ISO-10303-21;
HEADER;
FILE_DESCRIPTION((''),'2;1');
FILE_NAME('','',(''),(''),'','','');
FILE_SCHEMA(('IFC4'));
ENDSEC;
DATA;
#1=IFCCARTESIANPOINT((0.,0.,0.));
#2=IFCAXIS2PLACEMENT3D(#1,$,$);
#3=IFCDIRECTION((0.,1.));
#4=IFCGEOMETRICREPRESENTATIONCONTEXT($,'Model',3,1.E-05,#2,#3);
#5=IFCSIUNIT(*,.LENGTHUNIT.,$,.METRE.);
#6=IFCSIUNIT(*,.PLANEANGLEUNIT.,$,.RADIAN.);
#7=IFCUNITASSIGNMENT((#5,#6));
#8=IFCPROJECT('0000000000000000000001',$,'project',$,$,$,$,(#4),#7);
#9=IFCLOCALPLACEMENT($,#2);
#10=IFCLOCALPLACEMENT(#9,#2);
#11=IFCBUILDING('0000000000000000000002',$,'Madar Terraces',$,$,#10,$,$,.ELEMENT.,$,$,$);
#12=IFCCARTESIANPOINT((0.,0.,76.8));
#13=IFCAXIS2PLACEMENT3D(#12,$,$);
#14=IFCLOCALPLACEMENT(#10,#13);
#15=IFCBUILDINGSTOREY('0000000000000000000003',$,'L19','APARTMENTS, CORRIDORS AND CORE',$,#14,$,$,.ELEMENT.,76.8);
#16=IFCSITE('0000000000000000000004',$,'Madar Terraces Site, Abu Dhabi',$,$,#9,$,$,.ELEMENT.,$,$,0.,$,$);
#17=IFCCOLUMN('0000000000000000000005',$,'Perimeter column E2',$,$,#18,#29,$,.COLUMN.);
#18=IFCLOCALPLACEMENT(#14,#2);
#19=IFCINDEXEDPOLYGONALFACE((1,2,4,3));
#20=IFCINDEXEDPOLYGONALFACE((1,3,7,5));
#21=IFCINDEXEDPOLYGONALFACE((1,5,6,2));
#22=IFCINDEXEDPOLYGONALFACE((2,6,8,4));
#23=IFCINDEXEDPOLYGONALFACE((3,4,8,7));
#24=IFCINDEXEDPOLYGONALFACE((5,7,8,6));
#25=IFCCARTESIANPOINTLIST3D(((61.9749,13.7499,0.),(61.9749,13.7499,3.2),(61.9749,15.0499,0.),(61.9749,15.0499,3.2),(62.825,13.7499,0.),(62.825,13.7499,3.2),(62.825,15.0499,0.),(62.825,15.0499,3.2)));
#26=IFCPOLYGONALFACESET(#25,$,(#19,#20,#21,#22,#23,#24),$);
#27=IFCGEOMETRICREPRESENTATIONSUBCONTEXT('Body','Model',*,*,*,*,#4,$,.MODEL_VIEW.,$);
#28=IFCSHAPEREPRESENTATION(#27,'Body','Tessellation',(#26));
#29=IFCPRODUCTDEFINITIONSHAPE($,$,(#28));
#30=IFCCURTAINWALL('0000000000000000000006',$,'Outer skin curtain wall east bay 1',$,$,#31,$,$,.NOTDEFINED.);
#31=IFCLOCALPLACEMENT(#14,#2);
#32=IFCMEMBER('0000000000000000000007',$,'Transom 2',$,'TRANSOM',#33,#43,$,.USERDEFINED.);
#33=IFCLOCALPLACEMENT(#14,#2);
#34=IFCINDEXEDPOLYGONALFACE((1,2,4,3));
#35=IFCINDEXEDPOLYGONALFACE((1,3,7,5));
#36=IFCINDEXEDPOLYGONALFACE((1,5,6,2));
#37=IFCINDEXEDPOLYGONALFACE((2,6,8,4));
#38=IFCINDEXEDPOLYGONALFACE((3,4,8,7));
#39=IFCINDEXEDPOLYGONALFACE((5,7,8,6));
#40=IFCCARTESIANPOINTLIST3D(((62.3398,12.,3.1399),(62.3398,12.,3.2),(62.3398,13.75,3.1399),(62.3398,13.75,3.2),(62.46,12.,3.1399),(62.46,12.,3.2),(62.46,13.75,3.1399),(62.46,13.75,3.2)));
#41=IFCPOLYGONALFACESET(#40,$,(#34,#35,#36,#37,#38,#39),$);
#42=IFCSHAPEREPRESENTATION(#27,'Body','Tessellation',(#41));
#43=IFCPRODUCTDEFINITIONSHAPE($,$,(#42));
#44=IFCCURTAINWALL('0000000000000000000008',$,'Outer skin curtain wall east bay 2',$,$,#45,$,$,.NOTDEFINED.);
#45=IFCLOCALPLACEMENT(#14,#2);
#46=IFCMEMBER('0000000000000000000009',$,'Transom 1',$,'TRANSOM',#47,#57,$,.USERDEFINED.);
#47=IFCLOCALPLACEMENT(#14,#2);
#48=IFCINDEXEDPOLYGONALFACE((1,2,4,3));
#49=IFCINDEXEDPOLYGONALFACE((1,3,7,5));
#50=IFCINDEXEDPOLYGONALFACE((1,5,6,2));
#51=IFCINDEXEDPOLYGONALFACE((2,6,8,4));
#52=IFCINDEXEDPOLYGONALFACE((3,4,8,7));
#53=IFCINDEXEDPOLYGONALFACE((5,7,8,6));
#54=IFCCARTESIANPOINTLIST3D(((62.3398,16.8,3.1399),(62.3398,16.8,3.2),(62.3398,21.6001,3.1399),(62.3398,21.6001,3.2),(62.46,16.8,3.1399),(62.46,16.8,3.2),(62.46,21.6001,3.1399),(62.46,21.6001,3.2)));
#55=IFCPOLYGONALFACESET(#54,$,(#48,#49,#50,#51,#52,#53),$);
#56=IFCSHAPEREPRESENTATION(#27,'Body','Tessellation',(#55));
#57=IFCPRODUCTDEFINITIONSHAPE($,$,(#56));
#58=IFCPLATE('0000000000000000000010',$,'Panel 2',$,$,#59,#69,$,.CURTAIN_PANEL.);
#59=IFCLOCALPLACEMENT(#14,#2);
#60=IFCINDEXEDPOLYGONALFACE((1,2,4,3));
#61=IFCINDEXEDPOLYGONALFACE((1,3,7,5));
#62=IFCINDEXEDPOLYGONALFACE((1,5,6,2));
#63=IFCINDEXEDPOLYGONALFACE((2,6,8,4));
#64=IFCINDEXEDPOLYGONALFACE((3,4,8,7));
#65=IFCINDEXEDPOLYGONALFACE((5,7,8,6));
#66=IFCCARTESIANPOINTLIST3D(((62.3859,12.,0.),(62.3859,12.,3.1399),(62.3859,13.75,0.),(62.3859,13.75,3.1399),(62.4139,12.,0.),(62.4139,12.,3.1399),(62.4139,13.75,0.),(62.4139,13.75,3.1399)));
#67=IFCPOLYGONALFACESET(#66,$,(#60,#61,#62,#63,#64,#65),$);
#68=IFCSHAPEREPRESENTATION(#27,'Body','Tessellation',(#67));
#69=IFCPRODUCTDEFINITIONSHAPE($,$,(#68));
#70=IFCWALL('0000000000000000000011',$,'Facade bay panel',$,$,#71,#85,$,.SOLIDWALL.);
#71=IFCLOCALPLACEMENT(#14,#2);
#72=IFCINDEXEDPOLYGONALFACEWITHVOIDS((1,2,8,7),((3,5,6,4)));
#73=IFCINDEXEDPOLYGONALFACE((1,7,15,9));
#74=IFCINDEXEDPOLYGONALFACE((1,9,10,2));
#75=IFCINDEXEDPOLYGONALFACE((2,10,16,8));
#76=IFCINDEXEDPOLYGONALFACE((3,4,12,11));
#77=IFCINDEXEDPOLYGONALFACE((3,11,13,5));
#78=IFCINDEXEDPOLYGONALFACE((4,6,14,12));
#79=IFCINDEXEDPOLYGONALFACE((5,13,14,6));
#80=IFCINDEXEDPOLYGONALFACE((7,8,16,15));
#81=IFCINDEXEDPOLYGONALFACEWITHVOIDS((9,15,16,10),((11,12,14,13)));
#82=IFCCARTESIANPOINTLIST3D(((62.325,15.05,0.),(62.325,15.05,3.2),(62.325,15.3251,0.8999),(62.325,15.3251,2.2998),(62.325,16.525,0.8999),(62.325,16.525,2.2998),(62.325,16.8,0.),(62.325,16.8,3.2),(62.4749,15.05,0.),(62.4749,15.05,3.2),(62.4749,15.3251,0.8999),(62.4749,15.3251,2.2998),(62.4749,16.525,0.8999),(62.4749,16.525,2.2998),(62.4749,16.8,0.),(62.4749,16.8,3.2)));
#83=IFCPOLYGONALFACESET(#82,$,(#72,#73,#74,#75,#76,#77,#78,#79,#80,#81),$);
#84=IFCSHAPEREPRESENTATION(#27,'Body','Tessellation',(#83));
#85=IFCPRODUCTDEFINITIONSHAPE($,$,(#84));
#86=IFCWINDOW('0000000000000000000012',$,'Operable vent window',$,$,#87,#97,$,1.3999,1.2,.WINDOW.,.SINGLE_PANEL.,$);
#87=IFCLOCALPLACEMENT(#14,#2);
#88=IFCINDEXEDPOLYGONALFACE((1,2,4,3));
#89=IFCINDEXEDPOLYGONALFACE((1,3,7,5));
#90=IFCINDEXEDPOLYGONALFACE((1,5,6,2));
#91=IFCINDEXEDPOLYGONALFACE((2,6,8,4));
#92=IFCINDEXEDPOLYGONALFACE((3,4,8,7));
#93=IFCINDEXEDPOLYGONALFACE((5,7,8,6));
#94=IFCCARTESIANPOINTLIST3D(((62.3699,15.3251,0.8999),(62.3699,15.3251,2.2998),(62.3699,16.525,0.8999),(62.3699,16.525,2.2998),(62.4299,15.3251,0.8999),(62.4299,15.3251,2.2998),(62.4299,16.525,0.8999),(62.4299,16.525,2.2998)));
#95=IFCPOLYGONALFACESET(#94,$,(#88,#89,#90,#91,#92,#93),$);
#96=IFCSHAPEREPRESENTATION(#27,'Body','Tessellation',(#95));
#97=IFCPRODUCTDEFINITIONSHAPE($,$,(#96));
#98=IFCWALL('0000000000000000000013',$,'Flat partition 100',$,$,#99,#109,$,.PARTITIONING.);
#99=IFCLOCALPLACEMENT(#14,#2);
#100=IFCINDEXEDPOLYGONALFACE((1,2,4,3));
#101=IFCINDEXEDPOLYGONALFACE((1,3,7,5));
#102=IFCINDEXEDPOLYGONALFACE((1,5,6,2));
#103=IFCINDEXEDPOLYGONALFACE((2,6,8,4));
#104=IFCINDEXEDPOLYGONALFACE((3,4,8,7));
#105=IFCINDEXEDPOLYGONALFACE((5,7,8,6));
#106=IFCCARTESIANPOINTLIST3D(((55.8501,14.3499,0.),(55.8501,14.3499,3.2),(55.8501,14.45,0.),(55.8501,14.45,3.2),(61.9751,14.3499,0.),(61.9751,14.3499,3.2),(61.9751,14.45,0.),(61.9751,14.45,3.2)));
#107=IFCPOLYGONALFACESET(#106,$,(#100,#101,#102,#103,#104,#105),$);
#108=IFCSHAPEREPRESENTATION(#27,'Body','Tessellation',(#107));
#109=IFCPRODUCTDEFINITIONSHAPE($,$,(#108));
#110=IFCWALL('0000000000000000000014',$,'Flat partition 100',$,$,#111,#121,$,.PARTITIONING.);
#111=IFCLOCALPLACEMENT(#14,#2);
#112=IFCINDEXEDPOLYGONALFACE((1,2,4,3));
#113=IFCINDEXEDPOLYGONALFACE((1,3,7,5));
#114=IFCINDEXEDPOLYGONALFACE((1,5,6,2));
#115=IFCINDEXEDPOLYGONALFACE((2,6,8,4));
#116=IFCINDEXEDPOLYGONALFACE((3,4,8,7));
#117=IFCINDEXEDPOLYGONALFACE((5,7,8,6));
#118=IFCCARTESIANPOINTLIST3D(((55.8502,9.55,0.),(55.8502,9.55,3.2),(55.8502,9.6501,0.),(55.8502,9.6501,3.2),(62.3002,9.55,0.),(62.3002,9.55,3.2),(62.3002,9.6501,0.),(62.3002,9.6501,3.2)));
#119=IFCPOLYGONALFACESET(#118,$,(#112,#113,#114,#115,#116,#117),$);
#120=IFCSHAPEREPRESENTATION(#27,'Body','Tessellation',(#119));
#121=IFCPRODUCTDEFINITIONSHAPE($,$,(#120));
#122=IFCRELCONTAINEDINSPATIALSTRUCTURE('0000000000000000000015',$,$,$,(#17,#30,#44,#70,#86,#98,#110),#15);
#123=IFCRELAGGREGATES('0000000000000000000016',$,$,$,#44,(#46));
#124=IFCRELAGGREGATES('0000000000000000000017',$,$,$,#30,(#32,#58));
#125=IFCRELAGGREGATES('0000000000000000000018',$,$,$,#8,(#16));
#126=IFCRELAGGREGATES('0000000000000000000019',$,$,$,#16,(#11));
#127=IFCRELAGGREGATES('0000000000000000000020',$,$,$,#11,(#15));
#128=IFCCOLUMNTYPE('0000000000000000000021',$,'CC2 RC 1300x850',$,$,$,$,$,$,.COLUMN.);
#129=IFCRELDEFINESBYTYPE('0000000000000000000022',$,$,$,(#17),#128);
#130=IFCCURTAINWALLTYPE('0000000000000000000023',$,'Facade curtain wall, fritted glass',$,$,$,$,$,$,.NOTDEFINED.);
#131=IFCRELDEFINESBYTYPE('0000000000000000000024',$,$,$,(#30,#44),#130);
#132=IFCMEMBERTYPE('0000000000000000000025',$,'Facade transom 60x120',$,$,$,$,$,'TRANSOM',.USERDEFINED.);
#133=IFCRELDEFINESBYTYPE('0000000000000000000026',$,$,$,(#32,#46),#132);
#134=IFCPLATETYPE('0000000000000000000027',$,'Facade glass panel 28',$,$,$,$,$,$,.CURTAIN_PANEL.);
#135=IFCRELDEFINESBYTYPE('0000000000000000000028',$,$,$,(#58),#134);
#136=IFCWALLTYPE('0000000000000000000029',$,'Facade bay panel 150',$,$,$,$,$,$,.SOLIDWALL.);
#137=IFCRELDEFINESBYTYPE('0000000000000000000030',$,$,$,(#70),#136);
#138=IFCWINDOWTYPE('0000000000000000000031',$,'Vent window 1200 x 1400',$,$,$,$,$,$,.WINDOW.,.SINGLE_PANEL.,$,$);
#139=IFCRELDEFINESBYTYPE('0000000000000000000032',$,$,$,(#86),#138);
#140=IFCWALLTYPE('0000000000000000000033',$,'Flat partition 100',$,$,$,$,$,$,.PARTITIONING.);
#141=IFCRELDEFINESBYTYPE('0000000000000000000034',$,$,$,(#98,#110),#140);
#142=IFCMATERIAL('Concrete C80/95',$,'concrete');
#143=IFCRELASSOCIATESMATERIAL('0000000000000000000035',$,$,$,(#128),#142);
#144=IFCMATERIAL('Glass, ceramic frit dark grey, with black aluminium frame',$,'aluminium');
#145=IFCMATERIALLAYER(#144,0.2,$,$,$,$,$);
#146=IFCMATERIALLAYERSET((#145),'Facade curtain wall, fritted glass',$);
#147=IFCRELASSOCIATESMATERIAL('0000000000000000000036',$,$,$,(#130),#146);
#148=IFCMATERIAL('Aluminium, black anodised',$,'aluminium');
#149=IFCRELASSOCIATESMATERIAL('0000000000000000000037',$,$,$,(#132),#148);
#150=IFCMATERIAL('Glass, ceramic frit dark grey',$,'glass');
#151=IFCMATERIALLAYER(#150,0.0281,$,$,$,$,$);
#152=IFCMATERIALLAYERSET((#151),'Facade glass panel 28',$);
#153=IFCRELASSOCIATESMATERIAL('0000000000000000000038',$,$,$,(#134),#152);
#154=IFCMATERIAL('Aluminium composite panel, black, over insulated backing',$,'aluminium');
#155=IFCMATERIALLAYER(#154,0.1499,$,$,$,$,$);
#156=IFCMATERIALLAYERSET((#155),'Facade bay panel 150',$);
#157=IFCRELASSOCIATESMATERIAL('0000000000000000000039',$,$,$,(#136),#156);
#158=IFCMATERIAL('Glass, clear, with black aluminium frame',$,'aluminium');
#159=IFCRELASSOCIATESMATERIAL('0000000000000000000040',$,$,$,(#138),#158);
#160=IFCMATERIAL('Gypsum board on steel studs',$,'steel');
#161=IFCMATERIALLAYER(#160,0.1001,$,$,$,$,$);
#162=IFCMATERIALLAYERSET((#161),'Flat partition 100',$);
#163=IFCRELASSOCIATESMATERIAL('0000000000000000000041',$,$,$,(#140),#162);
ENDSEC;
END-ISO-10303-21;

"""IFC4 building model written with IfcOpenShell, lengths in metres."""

from ifc_helpers import new_model, si_unit, direction, frame, frame_2d, origin, origin_2d, place, context, subcontext, project, spatial, rectangle, extrude, material, layer, layer_set, material_profile, profile_set, type_object, element, fill, aggregate, save


model = new_model("IFC4")

# Units and contexts
model_context = context("Model", 3, precision=1e-05, world=origin(), true_north=direction((0.0, 1.0)))
body_context = subcontext(model_context, "Body", "Model", "MODEL_VIEW")
ifc_project = project(units=[si_unit("LENGTHUNIT", "METRE"), si_unit("PLANEANGLEUNIT", "RADIAN")], contexts=[model_context])

# Site, building, storey
site_placement = place(None, origin())
site = spatial("IfcSite", under=ifc_project, at=site_placement, Name="Madar Terraces Site, Abu Dhabi", CompositionType="ELEMENT", RefElevation=0.0)
building_placement = place(site_placement, origin())
building = spatial("IfcBuilding", under=site, at=building_placement, Name="Madar Terraces", CompositionType="ELEMENT")
storey_placement = place(building_placement, frame((0.0, 0.0, 76.8)))
storey = spatial("IfcBuildingStorey", under=building, at=storey_placement, Name="L19", Description="APARTMENTS, CORRIDORS AND CORE", CompositionType="ELEMENT", Elevation=76.8)

# Column
ifc_material_1 = material(Name="Concrete C80/95", Category="concrete")
ifc_material_profile_1 = material_profile(ifc_material_1, rectangle(XDim=1.3, YDim=0.8501, at=origin_2d()), Name="CC2 RC 1300x850")
ifc_profile_set_1 = profile_set([ifc_material_profile_1], Name="Concrete C80/95")
column_type = type_object("IfcColumnType", Name="CC2 RC 1300x850", PredefinedType="COLUMN", material=ifc_profile_set_1)
column_placement = place(storey_placement, frame((62.3999, 14.3999, 0.0), z_axis=(0.0, 0.0, 1.0), x_axis=(0.0, 1.0, 0.0)))
element("IfcColumn", 1, at=column_placement, inside=storey, type_object=column_type, Name="Perimeter column E2", PredefinedType="COLUMN", context=body_context, shape_type="SweptSolid", body=[
    extrude(rectangle(XDim=1.3, YDim=0.8501, at=origin_2d()), origin(), (0.0, 0.0, 1.0), 3.2),
])

# Curtain walls, members
ifc_material_2 = material(Name="Glass, ceramic frit dark grey, with black aluminium frame", Category="aluminium")
ifc_layer_1 = layer(ifc_material_2, 0.2)
ifc_layer_set_1 = layer_set([ifc_layer_1], Name="Facade curtain wall, fritted glass")
curtain_wall_type = type_object("IfcCurtainWallType", Name="Facade curtain wall, fritted glass", PredefinedType="NOTDEFINED", material=ifc_layer_set_1)
curtain_wall_1_placement = place(storey_placement, origin())
curtain_wall_1 = element("IfcCurtainWall", 2, at=curtain_wall_1_placement, inside=storey, type_object=curtain_wall_type, Name="Outer skin curtain wall east bay 1", PredefinedType="NOTDEFINED")
ifc_material_3 = material(Name="Aluminium, black anodised", Category="aluminium")
ifc_material_profile_2 = material_profile(ifc_material_3, rectangle(XDim=0.1201, YDim=0.0601, at=origin_2d()), Name="Facade transom 60x120")
ifc_profile_set_2 = profile_set([ifc_material_profile_2], Name="Aluminium, black anodised")
member_type = type_object("IfcMemberType", Name="Facade transom 60x120", ElementType="TRANSOM", PredefinedType="USERDEFINED", material=ifc_profile_set_2)
member_1_placement = place(storey_placement, frame((62.3999, 12.0, 3.1699), z_axis=(0.0, 1.0, 0.0), x_axis=(-1.0, 0.0, 0.0)))
member_1 = element("IfcMember", 3, at=member_1_placement, type_object=member_type, Name="Transom 2", ObjectType="TRANSOM", PredefinedType="USERDEFINED", context=body_context, shape_type="SweptSolid", body=[
    extrude(rectangle(XDim=0.1201, YDim=0.0601, at=origin_2d()), origin(), (0.0, 0.0, 1.0), 1.75),
])
curtain_wall_2_placement = place(storey_placement, origin())
curtain_wall_2 = element("IfcCurtainWall", 4, at=curtain_wall_2_placement, inside=storey, type_object=curtain_wall_type, Name="Outer skin curtain wall east bay 2", PredefinedType="NOTDEFINED")
member_2_placement = place(storey_placement, frame((62.3999, 16.8, 3.1699), z_axis=(0.0, 1.0, 0.0), x_axis=(-1.0, 0.0, 0.0)))
member_2 = element("IfcMember", 5, at=member_2_placement, type_object=member_type, Name="Transom 1", ObjectType="TRANSOM", PredefinedType="USERDEFINED", context=body_context, shape_type="SweptSolid", body=[
    extrude(rectangle(XDim=0.1201, YDim=0.0601, at=origin_2d()), origin(), (0.0, 0.0, 1.0), 4.8),
])
aggregate(curtain_wall_2, [member_2])

# Plate
ifc_material_4 = material(Name="Glass, ceramic frit dark grey", Category="glass")
ifc_layer_2 = layer(ifc_material_4, 0.0281)
ifc_layer_set_2 = layer_set([ifc_layer_2], Name="Facade glass panel 28")
plate_type = type_object("IfcPlateType", Name="Facade glass panel 28", PredefinedType="CURTAIN_PANEL", material=ifc_layer_set_2)
plate_placement = place(storey_placement, frame((62.3999, 12.875, 0.0), z_axis=(0.0, 0.0, 1.0), x_axis=(0.0, 1.0, 0.0)))
plate = element("IfcPlate", 6, at=plate_placement, type_object=plate_type, Name="Panel 2", PredefinedType="CURTAIN_PANEL", context=body_context, shape_type="SweptSolid", body=[
    extrude(rectangle(XDim=1.75, YDim=0.0281, at=origin_2d()), origin(), (0.0, 0.0, 1.0), 3.1399),
])
aggregate(curtain_wall_1, [member_1, plate])

# Shared definitions
ifc_material_5 = material(Name="Aluminium composite panel, black, over insulated backing", Category="aluminium")
ifc_layer_3 = layer(ifc_material_5, 0.1499)
ifc_layer_set_3 = layer_set([ifc_layer_3], Name="Facade bay panel 150")
wall_type_1 = type_object("IfcWallType", Name="Facade bay panel 150", PredefinedType="SOLIDWALL", material=ifc_layer_set_3)

# Wall, opening, window
wall_1_placement = place(storey_placement, frame((62.3999, 15.05, 0.0), z_axis=(0.0, 0.0, 1.0), x_axis=(0.0, 1.0, 0.0)))
wall_1 = element("IfcWall", 7, at=wall_1_placement, inside=storey, type_object=wall_type_1, Name="Facade bay panel", PredefinedType="SOLIDWALL", context=body_context, shape_type="SweptSolid", body=[
    extrude(rectangle(XDim=1.75, YDim=0.1499, at=frame_2d((0.875, 0.0))), origin(), (0.0, 0.0, 1.0), 3.2),
])
opening_1_placement = place(wall_1_placement, frame((0.2749, 0.0, 0.8999)))
opening_1 = element("IfcOpeningElement", 8, at=opening_1_placement, cuts=wall_1, PredefinedType="OPENING", context=body_context, shape_type="SweptSolid", body=[
    extrude(rectangle(XDim=1.2, YDim=1.3999, at=frame_2d((0.6001, 0.7))), frame((0.0, 0.085, 0.0), z_axis=(0.0, -1.0, 0.0), x_axis=(1.0, 0.0, 0.0)), (0.0, 0.0, 1.0), 0.1699),
])
ifc_material_6 = material(Name="Glass, clear, with black aluminium frame", Category="aluminium")
window_type = type_object("IfcWindowType", Name="Vent window 1200 x 1400", PartitioningType="SINGLE_PANEL", PredefinedType="WINDOW", material=ifc_material_6)
window_placement = place(opening_1_placement, origin())
window = element("IfcWindow", 9, at=window_placement, inside=storey, type_object=window_type, Name="Operable vent window", OverallHeight=1.3999, OverallWidth=1.2, PartitioningType="SINGLE_PANEL", PredefinedType="WINDOW", context=body_context, shape_type="SweptSolid", body=[
    extrude(rectangle(XDim=1.2, YDim=1.3999, at=frame_2d((0.6001, 0.7))), frame((0.0, 0.03, 0.0), z_axis=(0.0, -1.0, 0.0), x_axis=(1.0, 0.0, 0.0)), (0.0, 0.0, 1.0), 0.0601),
])
fill(opening_1, window)

# Walls
ifc_material_7 = material(Name="Gypsum board on steel studs", Category="steel")
ifc_layer_4 = layer(ifc_material_7, 0.1001)
ifc_layer_set_4 = layer_set([ifc_layer_4], Name="Flat partition 100")
wall_type_2 = type_object("IfcWallType", Name="Flat partition 100", PredefinedType="PARTITIONING", material=ifc_layer_set_4)
wall_2_placement = place(storey_placement, frame((55.8501, 14.3999, 0.0), z_axis=(0.0, 0.0, 1.0), x_axis=(1.0, 0.0, 0.0)))
element("IfcWall", 10, at=wall_2_placement, inside=storey, type_object=wall_type_2, Name="Flat partition 100", PredefinedType="PARTITIONING", context=body_context, shape_type="SweptSolid", body=[
    extrude(rectangle(XDim=6.125, YDim=0.1001, at=frame_2d((3.0625, 0.0))), origin(), (0.0, 0.0, 1.0), 3.2),
])
wall_3_placement = place(storey_placement, frame((55.8501, 9.6001, 0.0), z_axis=(0.0, 0.0, 1.0), x_axis=(1.0, 0.0, 0.0)))
element("IfcWall", 11, at=wall_3_placement, inside=storey, type_object=wall_type_2, Name="Flat partition 100", PredefinedType="PARTITIONING", context=body_context, shape_type="SweptSolid", body=[
    extrude(rectangle(XDim=6.45, YDim=0.1001, at=frame_2d((3.2251, 0.0))), origin(), (0.0, 0.0, 1.0), 3.2),
])

save(model, "model.ifc")
